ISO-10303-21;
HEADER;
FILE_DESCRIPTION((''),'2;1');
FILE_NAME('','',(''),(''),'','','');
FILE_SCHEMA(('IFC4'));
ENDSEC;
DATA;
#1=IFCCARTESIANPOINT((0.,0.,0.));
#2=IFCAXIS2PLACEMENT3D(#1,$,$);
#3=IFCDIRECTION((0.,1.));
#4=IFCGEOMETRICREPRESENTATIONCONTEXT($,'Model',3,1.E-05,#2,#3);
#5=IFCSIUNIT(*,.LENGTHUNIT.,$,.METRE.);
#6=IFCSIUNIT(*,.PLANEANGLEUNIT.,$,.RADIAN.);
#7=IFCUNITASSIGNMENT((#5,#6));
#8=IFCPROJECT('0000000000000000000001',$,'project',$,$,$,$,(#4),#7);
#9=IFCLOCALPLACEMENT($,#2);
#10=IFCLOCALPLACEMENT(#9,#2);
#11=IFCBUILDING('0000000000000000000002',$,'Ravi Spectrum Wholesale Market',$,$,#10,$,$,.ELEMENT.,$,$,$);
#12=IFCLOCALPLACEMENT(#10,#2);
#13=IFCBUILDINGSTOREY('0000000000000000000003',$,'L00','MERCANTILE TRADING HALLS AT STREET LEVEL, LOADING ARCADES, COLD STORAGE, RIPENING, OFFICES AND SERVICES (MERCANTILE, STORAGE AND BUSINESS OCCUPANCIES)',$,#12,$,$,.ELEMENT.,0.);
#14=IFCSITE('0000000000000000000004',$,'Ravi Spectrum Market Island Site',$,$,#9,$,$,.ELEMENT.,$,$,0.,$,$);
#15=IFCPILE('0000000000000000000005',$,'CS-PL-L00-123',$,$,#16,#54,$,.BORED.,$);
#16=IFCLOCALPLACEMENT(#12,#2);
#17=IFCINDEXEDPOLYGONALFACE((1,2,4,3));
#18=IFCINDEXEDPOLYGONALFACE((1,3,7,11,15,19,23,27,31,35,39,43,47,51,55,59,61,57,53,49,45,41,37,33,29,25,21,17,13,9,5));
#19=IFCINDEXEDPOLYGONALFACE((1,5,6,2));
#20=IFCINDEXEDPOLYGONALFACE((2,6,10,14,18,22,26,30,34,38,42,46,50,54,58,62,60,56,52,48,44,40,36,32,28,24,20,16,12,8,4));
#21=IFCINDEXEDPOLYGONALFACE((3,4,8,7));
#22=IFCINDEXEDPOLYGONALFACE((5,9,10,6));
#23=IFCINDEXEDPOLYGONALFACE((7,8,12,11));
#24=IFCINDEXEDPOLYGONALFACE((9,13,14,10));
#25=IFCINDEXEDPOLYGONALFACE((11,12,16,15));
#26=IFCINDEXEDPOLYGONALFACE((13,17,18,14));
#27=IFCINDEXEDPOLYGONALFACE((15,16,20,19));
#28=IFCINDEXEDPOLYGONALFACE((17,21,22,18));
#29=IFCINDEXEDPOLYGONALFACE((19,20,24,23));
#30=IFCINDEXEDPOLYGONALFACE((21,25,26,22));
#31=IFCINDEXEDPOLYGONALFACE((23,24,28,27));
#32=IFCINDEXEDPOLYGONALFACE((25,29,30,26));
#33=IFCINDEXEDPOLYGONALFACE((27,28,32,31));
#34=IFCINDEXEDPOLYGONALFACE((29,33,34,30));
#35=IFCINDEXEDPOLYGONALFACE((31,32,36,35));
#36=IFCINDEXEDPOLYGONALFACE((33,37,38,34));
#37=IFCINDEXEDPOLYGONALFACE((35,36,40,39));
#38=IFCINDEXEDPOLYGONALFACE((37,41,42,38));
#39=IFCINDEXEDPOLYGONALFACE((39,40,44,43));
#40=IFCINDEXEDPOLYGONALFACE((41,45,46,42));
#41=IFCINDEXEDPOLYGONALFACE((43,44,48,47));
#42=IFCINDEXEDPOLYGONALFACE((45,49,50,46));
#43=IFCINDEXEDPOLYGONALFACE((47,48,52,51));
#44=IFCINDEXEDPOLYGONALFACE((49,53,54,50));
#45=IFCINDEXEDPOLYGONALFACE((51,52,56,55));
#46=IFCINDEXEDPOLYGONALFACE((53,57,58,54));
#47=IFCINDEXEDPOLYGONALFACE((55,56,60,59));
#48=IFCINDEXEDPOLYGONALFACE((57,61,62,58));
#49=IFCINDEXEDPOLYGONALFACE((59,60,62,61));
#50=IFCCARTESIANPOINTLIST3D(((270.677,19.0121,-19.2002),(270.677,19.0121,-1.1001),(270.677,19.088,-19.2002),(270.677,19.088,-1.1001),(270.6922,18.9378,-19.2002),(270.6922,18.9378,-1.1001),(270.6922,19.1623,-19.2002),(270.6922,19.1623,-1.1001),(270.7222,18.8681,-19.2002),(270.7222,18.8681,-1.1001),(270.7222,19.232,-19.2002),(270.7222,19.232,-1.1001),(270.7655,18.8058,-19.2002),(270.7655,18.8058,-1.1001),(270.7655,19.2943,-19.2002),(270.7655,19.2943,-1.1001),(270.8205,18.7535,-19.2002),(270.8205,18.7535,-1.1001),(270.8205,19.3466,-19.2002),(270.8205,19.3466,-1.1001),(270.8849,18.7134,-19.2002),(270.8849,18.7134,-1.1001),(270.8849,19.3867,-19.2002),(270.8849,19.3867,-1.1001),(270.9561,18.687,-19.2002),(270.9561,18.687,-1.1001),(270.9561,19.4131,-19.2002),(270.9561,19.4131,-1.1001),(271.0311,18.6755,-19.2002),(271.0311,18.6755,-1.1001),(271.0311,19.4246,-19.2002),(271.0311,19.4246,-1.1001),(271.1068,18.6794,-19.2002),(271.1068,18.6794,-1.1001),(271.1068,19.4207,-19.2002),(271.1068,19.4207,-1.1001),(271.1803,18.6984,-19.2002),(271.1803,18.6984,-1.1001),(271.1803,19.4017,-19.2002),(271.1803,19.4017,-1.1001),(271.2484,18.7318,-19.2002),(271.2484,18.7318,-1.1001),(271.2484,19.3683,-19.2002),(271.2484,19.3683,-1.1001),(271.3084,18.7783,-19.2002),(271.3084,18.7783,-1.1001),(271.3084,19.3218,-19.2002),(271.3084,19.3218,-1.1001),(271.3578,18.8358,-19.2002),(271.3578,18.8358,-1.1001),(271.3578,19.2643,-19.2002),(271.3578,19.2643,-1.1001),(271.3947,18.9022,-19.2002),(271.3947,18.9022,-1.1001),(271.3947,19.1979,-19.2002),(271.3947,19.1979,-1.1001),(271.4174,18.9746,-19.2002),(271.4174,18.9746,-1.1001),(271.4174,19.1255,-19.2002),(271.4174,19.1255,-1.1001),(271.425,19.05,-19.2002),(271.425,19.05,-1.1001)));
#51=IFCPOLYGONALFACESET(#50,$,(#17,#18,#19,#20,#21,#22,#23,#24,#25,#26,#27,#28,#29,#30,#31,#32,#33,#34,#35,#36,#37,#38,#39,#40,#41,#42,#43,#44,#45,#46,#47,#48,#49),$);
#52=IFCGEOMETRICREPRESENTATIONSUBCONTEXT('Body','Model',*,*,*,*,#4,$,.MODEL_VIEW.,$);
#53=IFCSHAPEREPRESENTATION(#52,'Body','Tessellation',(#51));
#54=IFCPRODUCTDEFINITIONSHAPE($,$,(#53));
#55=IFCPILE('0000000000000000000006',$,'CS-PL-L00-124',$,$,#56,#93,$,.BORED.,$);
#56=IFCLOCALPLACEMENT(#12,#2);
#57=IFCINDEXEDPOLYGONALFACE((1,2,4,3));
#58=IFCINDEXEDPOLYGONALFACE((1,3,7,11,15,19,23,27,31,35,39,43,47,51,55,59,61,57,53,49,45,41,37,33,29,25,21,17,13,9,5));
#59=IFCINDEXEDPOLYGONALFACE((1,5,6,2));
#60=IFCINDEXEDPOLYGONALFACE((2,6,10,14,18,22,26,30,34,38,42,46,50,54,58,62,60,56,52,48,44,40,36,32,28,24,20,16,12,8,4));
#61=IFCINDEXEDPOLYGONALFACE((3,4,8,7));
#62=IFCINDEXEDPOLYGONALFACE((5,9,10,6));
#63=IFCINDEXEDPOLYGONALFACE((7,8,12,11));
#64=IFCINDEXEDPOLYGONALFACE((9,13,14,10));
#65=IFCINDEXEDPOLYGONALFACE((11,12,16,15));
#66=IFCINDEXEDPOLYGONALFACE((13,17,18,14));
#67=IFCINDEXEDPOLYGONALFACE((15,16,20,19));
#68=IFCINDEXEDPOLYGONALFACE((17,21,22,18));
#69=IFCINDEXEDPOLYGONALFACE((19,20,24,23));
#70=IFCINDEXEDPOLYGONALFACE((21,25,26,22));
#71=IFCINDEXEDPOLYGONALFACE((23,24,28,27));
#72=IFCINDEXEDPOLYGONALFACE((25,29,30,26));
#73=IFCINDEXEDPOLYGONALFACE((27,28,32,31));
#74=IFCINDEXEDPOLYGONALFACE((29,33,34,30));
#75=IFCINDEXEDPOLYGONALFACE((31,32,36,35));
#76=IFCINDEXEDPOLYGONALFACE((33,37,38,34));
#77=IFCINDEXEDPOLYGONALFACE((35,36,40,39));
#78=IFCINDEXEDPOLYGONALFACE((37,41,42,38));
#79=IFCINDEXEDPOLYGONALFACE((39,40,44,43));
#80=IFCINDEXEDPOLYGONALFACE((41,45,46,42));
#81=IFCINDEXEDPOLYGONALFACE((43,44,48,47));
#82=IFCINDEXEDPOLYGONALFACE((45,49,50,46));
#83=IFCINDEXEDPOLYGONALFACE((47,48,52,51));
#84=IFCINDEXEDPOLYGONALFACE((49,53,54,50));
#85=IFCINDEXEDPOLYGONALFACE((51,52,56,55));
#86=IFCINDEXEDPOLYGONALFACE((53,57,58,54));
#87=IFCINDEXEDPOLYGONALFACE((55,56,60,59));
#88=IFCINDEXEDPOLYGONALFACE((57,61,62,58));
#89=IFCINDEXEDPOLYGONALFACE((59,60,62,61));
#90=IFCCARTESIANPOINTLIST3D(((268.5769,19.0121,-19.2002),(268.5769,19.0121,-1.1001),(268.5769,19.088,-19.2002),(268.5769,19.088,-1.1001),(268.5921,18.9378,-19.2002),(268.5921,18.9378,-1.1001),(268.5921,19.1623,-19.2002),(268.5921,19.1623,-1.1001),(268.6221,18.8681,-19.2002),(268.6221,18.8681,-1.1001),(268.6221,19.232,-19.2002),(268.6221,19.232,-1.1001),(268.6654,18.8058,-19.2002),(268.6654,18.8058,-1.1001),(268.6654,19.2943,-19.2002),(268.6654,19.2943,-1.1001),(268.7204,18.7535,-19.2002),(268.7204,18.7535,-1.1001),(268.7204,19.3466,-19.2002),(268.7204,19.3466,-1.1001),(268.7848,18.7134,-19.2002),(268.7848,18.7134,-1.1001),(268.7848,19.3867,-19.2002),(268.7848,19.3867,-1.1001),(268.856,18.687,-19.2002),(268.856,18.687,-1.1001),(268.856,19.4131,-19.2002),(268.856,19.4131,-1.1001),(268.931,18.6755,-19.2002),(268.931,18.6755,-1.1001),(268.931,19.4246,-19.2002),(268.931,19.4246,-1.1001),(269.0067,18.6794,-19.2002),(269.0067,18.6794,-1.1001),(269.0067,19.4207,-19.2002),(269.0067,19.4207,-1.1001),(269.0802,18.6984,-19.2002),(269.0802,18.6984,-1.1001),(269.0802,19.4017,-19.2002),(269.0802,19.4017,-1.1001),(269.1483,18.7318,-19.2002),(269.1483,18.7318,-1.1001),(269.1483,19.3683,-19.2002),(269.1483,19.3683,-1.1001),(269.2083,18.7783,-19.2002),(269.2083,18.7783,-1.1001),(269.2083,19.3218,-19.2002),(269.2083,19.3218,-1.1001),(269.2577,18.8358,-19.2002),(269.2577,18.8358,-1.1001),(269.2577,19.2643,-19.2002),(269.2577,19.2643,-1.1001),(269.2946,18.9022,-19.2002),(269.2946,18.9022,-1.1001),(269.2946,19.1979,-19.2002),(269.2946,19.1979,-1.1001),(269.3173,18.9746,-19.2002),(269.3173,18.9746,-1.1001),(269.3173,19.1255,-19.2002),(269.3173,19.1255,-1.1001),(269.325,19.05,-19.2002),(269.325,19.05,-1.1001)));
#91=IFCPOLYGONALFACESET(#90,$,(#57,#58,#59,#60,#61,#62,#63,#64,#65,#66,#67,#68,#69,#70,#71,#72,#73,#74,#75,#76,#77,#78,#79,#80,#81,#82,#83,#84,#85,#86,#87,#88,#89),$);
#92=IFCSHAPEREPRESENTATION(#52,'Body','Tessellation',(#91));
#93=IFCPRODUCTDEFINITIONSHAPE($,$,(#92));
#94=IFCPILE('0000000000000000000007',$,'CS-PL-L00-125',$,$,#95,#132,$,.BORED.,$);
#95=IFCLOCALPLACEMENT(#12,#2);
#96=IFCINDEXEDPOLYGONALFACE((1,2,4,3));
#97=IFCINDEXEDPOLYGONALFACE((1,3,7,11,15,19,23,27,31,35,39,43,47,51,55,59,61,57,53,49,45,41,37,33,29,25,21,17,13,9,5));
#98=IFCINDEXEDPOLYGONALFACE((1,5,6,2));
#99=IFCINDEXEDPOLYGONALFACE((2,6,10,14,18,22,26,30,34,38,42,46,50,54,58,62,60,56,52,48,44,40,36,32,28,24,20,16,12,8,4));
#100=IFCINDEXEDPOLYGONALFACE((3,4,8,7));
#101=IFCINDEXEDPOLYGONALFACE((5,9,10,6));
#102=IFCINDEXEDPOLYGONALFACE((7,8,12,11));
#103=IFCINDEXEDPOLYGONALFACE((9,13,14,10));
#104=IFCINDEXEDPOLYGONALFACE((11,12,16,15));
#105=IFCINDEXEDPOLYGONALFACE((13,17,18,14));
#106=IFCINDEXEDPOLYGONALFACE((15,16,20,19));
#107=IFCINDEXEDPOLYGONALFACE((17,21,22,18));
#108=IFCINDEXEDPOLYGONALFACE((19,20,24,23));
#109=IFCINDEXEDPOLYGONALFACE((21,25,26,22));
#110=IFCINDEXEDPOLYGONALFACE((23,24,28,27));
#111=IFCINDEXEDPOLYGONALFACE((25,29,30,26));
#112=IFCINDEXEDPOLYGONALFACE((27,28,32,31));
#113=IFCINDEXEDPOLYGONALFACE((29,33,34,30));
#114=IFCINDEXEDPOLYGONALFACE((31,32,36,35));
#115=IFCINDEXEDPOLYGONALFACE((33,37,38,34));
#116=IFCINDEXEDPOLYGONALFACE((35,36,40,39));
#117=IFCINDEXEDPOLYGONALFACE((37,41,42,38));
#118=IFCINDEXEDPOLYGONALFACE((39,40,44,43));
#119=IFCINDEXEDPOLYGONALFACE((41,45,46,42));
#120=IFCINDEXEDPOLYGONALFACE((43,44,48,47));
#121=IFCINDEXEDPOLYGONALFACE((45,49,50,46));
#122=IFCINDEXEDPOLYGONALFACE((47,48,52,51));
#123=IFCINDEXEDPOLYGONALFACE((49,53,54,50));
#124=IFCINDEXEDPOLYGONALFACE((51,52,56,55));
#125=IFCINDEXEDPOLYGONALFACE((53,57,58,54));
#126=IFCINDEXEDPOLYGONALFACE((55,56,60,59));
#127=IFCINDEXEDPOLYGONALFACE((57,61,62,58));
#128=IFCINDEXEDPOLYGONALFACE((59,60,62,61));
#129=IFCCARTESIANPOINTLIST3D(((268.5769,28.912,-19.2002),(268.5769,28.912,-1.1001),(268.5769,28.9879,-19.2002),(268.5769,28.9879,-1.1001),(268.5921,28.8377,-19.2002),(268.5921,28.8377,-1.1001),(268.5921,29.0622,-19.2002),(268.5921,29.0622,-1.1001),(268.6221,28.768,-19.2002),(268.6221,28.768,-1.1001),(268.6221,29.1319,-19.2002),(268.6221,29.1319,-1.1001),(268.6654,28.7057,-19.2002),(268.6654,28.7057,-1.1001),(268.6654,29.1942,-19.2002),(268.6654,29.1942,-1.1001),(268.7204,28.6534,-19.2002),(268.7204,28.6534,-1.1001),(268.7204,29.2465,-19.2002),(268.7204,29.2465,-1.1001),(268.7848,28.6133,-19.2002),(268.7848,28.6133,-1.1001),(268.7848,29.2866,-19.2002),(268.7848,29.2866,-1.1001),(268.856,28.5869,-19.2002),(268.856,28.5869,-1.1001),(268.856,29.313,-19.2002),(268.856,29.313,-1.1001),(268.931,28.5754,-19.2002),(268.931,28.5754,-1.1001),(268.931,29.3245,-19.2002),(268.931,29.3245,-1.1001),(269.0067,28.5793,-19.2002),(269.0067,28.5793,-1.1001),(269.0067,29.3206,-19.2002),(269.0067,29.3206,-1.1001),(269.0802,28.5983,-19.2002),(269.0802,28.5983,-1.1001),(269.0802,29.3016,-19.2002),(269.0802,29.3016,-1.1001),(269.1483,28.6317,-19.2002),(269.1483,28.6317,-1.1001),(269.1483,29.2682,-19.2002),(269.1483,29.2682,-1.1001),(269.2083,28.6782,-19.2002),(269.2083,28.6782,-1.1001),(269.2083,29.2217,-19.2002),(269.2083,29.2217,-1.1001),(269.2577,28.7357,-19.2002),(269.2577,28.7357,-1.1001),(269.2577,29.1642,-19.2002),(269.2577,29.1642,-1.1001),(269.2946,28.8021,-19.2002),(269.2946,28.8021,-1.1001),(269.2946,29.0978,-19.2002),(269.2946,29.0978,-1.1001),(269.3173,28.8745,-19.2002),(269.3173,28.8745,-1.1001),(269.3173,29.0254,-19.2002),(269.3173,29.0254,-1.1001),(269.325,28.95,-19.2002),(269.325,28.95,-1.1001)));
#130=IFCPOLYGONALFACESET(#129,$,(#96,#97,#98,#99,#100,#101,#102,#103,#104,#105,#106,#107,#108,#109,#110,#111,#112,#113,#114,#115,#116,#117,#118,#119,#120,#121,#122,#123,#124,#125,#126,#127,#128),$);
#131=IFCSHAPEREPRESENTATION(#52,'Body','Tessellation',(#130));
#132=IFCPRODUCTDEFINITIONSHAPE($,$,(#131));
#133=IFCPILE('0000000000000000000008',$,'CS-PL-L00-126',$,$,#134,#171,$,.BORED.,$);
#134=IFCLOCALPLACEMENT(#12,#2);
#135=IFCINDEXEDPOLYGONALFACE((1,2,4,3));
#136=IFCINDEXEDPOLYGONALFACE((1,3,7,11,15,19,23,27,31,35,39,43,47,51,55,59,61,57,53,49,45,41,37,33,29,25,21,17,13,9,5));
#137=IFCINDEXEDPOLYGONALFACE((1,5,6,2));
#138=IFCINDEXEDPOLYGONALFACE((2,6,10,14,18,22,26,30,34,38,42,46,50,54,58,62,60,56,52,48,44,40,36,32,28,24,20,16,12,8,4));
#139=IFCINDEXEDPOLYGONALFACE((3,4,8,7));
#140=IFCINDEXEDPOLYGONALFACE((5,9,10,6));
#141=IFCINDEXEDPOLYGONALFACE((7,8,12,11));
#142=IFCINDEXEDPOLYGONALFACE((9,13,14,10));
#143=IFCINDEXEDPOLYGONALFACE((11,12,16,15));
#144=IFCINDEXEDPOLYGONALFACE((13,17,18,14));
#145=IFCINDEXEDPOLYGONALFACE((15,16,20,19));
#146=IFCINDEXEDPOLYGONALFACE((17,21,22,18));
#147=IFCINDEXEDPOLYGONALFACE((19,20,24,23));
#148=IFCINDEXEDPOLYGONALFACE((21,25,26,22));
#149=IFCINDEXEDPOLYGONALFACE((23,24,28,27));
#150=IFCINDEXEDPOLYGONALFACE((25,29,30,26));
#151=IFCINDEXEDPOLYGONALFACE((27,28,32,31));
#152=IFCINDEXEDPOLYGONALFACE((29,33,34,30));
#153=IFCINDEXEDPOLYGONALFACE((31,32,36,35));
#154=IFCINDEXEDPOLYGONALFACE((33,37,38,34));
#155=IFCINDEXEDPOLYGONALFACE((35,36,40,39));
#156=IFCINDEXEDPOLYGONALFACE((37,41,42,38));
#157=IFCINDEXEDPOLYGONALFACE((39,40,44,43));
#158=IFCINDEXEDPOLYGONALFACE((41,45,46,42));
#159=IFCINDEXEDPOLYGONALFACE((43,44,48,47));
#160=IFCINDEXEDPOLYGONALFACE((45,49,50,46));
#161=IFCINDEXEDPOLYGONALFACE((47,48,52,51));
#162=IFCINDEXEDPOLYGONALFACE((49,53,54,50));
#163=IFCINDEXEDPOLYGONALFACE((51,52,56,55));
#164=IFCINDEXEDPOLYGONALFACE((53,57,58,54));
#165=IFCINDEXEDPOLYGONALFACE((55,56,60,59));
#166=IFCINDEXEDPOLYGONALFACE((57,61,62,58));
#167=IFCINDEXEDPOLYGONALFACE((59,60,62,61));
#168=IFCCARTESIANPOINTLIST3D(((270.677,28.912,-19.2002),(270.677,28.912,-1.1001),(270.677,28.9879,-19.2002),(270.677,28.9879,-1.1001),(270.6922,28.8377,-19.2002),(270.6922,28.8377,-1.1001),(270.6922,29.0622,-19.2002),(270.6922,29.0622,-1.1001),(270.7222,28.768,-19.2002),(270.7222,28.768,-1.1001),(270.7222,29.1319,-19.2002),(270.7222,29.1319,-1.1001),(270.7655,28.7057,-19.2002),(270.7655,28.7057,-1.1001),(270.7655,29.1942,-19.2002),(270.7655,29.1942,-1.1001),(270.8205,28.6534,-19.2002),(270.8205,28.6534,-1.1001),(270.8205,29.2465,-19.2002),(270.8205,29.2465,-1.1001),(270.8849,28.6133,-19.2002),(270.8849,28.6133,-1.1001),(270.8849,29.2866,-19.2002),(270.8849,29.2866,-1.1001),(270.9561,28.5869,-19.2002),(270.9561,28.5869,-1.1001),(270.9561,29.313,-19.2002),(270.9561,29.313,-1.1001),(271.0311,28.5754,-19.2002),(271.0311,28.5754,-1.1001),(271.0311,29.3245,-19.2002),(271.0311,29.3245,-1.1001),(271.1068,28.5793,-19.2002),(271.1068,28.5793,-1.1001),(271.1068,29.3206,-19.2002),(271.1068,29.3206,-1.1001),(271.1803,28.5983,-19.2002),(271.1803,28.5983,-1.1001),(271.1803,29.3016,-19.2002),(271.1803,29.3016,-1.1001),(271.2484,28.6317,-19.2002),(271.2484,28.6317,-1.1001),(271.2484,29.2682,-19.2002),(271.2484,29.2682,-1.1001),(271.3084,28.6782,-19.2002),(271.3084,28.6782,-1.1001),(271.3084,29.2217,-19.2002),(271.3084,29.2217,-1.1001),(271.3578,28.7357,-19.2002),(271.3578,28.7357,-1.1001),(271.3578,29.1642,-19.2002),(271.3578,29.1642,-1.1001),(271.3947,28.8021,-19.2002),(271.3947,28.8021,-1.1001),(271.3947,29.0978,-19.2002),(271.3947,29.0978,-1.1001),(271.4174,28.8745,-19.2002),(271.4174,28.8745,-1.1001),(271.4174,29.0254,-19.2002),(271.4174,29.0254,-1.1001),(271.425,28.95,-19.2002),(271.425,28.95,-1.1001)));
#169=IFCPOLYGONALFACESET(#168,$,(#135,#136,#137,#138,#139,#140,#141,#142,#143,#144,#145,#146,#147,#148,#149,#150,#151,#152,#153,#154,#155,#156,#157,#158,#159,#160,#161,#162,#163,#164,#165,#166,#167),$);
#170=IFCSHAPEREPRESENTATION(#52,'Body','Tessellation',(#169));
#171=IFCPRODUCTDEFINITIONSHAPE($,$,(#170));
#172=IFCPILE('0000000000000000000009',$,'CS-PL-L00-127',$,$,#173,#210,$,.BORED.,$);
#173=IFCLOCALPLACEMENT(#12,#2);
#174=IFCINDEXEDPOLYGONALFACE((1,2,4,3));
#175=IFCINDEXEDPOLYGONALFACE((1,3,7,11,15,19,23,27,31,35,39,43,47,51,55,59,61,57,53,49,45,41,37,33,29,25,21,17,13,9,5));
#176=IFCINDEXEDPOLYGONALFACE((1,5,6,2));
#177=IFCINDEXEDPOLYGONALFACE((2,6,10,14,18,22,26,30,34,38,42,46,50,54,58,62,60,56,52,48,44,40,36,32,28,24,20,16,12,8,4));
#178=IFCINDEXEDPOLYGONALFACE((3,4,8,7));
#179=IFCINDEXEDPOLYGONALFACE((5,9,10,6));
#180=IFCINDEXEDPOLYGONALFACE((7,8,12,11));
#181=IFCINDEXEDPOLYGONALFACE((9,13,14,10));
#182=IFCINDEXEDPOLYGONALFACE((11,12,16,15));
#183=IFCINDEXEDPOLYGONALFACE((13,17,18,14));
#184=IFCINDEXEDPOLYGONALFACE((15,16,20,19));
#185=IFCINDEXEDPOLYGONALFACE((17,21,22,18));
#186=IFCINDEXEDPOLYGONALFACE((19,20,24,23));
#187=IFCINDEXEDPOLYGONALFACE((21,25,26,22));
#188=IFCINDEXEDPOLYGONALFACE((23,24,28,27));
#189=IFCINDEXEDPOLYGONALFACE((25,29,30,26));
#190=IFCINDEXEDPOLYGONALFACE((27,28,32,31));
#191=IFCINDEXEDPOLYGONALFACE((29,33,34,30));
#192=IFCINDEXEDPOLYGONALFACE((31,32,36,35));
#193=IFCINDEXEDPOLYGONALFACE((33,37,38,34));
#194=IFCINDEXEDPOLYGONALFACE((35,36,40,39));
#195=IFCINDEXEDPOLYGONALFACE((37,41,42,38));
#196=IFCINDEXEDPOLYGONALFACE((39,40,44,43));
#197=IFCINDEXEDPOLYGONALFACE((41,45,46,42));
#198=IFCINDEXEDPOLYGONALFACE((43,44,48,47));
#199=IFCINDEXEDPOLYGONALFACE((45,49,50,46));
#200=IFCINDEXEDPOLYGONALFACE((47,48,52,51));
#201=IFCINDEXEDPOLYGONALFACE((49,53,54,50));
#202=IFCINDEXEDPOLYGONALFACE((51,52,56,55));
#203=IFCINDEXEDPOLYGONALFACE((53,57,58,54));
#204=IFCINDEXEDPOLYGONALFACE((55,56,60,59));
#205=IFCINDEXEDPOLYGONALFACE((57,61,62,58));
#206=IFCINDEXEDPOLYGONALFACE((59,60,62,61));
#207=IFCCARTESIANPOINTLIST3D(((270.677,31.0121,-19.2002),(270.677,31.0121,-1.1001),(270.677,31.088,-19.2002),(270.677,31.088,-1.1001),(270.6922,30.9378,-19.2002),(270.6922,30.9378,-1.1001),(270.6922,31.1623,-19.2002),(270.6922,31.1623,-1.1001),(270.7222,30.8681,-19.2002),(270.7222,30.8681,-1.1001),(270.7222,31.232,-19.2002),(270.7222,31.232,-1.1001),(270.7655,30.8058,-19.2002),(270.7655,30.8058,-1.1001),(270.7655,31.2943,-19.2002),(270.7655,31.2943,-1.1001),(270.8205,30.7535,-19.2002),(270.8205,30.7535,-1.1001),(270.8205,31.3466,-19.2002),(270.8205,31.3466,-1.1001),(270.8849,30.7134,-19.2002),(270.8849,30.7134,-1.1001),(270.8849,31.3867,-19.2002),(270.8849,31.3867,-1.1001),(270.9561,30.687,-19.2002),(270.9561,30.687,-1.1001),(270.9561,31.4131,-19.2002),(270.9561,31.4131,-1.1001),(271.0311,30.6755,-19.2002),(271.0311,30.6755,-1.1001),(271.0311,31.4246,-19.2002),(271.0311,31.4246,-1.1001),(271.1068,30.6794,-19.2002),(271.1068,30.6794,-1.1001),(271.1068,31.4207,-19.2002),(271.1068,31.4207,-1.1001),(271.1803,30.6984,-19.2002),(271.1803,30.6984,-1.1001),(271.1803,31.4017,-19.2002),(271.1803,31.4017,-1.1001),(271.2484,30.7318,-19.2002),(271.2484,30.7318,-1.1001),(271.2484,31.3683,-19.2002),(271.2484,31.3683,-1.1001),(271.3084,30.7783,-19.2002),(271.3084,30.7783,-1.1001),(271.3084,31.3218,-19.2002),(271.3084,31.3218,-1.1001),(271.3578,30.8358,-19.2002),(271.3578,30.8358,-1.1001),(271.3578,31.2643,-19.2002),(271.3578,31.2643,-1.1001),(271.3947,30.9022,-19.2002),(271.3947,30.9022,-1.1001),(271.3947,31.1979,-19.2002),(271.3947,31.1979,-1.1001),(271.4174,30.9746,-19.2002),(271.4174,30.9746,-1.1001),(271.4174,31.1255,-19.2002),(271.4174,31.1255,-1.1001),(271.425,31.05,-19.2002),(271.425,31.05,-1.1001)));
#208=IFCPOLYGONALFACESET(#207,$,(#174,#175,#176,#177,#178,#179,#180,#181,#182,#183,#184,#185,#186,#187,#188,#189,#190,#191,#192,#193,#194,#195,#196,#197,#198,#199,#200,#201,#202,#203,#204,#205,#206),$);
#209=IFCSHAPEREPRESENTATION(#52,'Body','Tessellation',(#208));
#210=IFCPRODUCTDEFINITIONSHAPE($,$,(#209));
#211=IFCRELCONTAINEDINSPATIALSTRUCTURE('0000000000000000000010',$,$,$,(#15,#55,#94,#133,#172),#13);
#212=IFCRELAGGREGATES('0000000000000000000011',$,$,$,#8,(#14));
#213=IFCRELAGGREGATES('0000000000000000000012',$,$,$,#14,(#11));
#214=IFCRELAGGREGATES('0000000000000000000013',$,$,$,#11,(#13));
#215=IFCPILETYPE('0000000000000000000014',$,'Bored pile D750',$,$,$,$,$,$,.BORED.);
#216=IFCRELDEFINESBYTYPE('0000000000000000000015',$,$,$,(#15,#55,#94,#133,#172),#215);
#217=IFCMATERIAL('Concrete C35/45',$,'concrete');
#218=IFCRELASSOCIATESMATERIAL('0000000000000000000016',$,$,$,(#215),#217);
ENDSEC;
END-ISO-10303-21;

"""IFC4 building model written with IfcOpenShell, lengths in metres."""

from ifc_helpers import new_model, si_unit, direction, frame, origin, origin_2d, place, context, subcontext, project, spatial, circle, extrude, material, material_profile, profile_set, type_object, element, save


model = new_model("IFC4")

# Units and contexts
model_context = context("Model", 3, precision=1e-05, world=origin(), true_north=direction((0.0, 1.0)))
body_context = subcontext(model_context, "Body", "Model", "MODEL_VIEW")
ifc_project = project(units=[si_unit("LENGTHUNIT", "METRE"), si_unit("PLANEANGLEUNIT", "RADIAN")], contexts=[model_context])

# Site, building, storey
site_placement = place(None, origin())
site = spatial("IfcSite", under=ifc_project, at=site_placement, Name="Ravi Spectrum Market Island Site", CompositionType="ELEMENT", RefElevation=0.0)
building_placement = place(site_placement, origin())
building = spatial("IfcBuilding", under=site, at=building_placement, Name="Ravi Spectrum Wholesale Market", CompositionType="ELEMENT")
storey_placement = place(building_placement, origin())
storey = spatial("IfcBuildingStorey", under=building, at=storey_placement, Name="L00", Description="MERCANTILE TRADING HALLS AT STREET LEVEL, LOADING ARCADES, COLD STORAGE, RIPENING, OFFICES AND SERVICES (MERCANTILE, STORAGE AND BUSINESS OCCUPANCIES)", CompositionType="ELEMENT", Elevation=0.0)

# Piles
ifc_material_1 = material(Name="Concrete C35/45", Category="concrete")
ifc_material_profile_1 = material_profile(ifc_material_1, circle(Radius=0.375, at=origin_2d()))
ifc_profile_set_1 = profile_set([ifc_material_profile_1], Name="Concrete C35/45")
pile_type = type_object("IfcPileType", Name="Bored pile D750", PredefinedType="BORED", material=ifc_profile_set_1)
for number, where, z_axis, x_axis, name in (
    (1, (271.05, 19.05, -1.1001), (0.0, 0.0, -1.0), (1.0, 0.0, 0.0), "CS-PL-L00-123"),
    (2, (268.95, 19.05, -1.1001), (0.0, 0.0, -1.0), (1.0, 0.0, 0.0), "CS-PL-L00-124"),
    (3, (268.95, 28.95, -1.1001), (0.0, 0.0, -1.0), (1.0, 0.0, 0.0), "CS-PL-L00-125"),
    (4, (271.05, 28.95, -1.1001), (0.0, 0.0, -1.0), (1.0, 0.0, 0.0), "CS-PL-L00-126"),
    (5, (271.05, 31.05, -1.1001), (0.0, 0.0, -1.0), (1.0, 0.0, 0.0), "CS-PL-L00-127"),
):
    element("IfcPile", number, at=place(storey_placement, frame(where, z_axis=z_axis, x_axis=x_axis)), inside=storey, type_object=pile_type, Name=name, PredefinedType="BORED", context=body_context, shape_type="SweptSolid", body=[
        extrude(circle(Radius=0.375, at=origin_2d()), origin(), (0.0, 0.0, 1.0), 18.1001),
    ])

save(model, "model.ifc")
